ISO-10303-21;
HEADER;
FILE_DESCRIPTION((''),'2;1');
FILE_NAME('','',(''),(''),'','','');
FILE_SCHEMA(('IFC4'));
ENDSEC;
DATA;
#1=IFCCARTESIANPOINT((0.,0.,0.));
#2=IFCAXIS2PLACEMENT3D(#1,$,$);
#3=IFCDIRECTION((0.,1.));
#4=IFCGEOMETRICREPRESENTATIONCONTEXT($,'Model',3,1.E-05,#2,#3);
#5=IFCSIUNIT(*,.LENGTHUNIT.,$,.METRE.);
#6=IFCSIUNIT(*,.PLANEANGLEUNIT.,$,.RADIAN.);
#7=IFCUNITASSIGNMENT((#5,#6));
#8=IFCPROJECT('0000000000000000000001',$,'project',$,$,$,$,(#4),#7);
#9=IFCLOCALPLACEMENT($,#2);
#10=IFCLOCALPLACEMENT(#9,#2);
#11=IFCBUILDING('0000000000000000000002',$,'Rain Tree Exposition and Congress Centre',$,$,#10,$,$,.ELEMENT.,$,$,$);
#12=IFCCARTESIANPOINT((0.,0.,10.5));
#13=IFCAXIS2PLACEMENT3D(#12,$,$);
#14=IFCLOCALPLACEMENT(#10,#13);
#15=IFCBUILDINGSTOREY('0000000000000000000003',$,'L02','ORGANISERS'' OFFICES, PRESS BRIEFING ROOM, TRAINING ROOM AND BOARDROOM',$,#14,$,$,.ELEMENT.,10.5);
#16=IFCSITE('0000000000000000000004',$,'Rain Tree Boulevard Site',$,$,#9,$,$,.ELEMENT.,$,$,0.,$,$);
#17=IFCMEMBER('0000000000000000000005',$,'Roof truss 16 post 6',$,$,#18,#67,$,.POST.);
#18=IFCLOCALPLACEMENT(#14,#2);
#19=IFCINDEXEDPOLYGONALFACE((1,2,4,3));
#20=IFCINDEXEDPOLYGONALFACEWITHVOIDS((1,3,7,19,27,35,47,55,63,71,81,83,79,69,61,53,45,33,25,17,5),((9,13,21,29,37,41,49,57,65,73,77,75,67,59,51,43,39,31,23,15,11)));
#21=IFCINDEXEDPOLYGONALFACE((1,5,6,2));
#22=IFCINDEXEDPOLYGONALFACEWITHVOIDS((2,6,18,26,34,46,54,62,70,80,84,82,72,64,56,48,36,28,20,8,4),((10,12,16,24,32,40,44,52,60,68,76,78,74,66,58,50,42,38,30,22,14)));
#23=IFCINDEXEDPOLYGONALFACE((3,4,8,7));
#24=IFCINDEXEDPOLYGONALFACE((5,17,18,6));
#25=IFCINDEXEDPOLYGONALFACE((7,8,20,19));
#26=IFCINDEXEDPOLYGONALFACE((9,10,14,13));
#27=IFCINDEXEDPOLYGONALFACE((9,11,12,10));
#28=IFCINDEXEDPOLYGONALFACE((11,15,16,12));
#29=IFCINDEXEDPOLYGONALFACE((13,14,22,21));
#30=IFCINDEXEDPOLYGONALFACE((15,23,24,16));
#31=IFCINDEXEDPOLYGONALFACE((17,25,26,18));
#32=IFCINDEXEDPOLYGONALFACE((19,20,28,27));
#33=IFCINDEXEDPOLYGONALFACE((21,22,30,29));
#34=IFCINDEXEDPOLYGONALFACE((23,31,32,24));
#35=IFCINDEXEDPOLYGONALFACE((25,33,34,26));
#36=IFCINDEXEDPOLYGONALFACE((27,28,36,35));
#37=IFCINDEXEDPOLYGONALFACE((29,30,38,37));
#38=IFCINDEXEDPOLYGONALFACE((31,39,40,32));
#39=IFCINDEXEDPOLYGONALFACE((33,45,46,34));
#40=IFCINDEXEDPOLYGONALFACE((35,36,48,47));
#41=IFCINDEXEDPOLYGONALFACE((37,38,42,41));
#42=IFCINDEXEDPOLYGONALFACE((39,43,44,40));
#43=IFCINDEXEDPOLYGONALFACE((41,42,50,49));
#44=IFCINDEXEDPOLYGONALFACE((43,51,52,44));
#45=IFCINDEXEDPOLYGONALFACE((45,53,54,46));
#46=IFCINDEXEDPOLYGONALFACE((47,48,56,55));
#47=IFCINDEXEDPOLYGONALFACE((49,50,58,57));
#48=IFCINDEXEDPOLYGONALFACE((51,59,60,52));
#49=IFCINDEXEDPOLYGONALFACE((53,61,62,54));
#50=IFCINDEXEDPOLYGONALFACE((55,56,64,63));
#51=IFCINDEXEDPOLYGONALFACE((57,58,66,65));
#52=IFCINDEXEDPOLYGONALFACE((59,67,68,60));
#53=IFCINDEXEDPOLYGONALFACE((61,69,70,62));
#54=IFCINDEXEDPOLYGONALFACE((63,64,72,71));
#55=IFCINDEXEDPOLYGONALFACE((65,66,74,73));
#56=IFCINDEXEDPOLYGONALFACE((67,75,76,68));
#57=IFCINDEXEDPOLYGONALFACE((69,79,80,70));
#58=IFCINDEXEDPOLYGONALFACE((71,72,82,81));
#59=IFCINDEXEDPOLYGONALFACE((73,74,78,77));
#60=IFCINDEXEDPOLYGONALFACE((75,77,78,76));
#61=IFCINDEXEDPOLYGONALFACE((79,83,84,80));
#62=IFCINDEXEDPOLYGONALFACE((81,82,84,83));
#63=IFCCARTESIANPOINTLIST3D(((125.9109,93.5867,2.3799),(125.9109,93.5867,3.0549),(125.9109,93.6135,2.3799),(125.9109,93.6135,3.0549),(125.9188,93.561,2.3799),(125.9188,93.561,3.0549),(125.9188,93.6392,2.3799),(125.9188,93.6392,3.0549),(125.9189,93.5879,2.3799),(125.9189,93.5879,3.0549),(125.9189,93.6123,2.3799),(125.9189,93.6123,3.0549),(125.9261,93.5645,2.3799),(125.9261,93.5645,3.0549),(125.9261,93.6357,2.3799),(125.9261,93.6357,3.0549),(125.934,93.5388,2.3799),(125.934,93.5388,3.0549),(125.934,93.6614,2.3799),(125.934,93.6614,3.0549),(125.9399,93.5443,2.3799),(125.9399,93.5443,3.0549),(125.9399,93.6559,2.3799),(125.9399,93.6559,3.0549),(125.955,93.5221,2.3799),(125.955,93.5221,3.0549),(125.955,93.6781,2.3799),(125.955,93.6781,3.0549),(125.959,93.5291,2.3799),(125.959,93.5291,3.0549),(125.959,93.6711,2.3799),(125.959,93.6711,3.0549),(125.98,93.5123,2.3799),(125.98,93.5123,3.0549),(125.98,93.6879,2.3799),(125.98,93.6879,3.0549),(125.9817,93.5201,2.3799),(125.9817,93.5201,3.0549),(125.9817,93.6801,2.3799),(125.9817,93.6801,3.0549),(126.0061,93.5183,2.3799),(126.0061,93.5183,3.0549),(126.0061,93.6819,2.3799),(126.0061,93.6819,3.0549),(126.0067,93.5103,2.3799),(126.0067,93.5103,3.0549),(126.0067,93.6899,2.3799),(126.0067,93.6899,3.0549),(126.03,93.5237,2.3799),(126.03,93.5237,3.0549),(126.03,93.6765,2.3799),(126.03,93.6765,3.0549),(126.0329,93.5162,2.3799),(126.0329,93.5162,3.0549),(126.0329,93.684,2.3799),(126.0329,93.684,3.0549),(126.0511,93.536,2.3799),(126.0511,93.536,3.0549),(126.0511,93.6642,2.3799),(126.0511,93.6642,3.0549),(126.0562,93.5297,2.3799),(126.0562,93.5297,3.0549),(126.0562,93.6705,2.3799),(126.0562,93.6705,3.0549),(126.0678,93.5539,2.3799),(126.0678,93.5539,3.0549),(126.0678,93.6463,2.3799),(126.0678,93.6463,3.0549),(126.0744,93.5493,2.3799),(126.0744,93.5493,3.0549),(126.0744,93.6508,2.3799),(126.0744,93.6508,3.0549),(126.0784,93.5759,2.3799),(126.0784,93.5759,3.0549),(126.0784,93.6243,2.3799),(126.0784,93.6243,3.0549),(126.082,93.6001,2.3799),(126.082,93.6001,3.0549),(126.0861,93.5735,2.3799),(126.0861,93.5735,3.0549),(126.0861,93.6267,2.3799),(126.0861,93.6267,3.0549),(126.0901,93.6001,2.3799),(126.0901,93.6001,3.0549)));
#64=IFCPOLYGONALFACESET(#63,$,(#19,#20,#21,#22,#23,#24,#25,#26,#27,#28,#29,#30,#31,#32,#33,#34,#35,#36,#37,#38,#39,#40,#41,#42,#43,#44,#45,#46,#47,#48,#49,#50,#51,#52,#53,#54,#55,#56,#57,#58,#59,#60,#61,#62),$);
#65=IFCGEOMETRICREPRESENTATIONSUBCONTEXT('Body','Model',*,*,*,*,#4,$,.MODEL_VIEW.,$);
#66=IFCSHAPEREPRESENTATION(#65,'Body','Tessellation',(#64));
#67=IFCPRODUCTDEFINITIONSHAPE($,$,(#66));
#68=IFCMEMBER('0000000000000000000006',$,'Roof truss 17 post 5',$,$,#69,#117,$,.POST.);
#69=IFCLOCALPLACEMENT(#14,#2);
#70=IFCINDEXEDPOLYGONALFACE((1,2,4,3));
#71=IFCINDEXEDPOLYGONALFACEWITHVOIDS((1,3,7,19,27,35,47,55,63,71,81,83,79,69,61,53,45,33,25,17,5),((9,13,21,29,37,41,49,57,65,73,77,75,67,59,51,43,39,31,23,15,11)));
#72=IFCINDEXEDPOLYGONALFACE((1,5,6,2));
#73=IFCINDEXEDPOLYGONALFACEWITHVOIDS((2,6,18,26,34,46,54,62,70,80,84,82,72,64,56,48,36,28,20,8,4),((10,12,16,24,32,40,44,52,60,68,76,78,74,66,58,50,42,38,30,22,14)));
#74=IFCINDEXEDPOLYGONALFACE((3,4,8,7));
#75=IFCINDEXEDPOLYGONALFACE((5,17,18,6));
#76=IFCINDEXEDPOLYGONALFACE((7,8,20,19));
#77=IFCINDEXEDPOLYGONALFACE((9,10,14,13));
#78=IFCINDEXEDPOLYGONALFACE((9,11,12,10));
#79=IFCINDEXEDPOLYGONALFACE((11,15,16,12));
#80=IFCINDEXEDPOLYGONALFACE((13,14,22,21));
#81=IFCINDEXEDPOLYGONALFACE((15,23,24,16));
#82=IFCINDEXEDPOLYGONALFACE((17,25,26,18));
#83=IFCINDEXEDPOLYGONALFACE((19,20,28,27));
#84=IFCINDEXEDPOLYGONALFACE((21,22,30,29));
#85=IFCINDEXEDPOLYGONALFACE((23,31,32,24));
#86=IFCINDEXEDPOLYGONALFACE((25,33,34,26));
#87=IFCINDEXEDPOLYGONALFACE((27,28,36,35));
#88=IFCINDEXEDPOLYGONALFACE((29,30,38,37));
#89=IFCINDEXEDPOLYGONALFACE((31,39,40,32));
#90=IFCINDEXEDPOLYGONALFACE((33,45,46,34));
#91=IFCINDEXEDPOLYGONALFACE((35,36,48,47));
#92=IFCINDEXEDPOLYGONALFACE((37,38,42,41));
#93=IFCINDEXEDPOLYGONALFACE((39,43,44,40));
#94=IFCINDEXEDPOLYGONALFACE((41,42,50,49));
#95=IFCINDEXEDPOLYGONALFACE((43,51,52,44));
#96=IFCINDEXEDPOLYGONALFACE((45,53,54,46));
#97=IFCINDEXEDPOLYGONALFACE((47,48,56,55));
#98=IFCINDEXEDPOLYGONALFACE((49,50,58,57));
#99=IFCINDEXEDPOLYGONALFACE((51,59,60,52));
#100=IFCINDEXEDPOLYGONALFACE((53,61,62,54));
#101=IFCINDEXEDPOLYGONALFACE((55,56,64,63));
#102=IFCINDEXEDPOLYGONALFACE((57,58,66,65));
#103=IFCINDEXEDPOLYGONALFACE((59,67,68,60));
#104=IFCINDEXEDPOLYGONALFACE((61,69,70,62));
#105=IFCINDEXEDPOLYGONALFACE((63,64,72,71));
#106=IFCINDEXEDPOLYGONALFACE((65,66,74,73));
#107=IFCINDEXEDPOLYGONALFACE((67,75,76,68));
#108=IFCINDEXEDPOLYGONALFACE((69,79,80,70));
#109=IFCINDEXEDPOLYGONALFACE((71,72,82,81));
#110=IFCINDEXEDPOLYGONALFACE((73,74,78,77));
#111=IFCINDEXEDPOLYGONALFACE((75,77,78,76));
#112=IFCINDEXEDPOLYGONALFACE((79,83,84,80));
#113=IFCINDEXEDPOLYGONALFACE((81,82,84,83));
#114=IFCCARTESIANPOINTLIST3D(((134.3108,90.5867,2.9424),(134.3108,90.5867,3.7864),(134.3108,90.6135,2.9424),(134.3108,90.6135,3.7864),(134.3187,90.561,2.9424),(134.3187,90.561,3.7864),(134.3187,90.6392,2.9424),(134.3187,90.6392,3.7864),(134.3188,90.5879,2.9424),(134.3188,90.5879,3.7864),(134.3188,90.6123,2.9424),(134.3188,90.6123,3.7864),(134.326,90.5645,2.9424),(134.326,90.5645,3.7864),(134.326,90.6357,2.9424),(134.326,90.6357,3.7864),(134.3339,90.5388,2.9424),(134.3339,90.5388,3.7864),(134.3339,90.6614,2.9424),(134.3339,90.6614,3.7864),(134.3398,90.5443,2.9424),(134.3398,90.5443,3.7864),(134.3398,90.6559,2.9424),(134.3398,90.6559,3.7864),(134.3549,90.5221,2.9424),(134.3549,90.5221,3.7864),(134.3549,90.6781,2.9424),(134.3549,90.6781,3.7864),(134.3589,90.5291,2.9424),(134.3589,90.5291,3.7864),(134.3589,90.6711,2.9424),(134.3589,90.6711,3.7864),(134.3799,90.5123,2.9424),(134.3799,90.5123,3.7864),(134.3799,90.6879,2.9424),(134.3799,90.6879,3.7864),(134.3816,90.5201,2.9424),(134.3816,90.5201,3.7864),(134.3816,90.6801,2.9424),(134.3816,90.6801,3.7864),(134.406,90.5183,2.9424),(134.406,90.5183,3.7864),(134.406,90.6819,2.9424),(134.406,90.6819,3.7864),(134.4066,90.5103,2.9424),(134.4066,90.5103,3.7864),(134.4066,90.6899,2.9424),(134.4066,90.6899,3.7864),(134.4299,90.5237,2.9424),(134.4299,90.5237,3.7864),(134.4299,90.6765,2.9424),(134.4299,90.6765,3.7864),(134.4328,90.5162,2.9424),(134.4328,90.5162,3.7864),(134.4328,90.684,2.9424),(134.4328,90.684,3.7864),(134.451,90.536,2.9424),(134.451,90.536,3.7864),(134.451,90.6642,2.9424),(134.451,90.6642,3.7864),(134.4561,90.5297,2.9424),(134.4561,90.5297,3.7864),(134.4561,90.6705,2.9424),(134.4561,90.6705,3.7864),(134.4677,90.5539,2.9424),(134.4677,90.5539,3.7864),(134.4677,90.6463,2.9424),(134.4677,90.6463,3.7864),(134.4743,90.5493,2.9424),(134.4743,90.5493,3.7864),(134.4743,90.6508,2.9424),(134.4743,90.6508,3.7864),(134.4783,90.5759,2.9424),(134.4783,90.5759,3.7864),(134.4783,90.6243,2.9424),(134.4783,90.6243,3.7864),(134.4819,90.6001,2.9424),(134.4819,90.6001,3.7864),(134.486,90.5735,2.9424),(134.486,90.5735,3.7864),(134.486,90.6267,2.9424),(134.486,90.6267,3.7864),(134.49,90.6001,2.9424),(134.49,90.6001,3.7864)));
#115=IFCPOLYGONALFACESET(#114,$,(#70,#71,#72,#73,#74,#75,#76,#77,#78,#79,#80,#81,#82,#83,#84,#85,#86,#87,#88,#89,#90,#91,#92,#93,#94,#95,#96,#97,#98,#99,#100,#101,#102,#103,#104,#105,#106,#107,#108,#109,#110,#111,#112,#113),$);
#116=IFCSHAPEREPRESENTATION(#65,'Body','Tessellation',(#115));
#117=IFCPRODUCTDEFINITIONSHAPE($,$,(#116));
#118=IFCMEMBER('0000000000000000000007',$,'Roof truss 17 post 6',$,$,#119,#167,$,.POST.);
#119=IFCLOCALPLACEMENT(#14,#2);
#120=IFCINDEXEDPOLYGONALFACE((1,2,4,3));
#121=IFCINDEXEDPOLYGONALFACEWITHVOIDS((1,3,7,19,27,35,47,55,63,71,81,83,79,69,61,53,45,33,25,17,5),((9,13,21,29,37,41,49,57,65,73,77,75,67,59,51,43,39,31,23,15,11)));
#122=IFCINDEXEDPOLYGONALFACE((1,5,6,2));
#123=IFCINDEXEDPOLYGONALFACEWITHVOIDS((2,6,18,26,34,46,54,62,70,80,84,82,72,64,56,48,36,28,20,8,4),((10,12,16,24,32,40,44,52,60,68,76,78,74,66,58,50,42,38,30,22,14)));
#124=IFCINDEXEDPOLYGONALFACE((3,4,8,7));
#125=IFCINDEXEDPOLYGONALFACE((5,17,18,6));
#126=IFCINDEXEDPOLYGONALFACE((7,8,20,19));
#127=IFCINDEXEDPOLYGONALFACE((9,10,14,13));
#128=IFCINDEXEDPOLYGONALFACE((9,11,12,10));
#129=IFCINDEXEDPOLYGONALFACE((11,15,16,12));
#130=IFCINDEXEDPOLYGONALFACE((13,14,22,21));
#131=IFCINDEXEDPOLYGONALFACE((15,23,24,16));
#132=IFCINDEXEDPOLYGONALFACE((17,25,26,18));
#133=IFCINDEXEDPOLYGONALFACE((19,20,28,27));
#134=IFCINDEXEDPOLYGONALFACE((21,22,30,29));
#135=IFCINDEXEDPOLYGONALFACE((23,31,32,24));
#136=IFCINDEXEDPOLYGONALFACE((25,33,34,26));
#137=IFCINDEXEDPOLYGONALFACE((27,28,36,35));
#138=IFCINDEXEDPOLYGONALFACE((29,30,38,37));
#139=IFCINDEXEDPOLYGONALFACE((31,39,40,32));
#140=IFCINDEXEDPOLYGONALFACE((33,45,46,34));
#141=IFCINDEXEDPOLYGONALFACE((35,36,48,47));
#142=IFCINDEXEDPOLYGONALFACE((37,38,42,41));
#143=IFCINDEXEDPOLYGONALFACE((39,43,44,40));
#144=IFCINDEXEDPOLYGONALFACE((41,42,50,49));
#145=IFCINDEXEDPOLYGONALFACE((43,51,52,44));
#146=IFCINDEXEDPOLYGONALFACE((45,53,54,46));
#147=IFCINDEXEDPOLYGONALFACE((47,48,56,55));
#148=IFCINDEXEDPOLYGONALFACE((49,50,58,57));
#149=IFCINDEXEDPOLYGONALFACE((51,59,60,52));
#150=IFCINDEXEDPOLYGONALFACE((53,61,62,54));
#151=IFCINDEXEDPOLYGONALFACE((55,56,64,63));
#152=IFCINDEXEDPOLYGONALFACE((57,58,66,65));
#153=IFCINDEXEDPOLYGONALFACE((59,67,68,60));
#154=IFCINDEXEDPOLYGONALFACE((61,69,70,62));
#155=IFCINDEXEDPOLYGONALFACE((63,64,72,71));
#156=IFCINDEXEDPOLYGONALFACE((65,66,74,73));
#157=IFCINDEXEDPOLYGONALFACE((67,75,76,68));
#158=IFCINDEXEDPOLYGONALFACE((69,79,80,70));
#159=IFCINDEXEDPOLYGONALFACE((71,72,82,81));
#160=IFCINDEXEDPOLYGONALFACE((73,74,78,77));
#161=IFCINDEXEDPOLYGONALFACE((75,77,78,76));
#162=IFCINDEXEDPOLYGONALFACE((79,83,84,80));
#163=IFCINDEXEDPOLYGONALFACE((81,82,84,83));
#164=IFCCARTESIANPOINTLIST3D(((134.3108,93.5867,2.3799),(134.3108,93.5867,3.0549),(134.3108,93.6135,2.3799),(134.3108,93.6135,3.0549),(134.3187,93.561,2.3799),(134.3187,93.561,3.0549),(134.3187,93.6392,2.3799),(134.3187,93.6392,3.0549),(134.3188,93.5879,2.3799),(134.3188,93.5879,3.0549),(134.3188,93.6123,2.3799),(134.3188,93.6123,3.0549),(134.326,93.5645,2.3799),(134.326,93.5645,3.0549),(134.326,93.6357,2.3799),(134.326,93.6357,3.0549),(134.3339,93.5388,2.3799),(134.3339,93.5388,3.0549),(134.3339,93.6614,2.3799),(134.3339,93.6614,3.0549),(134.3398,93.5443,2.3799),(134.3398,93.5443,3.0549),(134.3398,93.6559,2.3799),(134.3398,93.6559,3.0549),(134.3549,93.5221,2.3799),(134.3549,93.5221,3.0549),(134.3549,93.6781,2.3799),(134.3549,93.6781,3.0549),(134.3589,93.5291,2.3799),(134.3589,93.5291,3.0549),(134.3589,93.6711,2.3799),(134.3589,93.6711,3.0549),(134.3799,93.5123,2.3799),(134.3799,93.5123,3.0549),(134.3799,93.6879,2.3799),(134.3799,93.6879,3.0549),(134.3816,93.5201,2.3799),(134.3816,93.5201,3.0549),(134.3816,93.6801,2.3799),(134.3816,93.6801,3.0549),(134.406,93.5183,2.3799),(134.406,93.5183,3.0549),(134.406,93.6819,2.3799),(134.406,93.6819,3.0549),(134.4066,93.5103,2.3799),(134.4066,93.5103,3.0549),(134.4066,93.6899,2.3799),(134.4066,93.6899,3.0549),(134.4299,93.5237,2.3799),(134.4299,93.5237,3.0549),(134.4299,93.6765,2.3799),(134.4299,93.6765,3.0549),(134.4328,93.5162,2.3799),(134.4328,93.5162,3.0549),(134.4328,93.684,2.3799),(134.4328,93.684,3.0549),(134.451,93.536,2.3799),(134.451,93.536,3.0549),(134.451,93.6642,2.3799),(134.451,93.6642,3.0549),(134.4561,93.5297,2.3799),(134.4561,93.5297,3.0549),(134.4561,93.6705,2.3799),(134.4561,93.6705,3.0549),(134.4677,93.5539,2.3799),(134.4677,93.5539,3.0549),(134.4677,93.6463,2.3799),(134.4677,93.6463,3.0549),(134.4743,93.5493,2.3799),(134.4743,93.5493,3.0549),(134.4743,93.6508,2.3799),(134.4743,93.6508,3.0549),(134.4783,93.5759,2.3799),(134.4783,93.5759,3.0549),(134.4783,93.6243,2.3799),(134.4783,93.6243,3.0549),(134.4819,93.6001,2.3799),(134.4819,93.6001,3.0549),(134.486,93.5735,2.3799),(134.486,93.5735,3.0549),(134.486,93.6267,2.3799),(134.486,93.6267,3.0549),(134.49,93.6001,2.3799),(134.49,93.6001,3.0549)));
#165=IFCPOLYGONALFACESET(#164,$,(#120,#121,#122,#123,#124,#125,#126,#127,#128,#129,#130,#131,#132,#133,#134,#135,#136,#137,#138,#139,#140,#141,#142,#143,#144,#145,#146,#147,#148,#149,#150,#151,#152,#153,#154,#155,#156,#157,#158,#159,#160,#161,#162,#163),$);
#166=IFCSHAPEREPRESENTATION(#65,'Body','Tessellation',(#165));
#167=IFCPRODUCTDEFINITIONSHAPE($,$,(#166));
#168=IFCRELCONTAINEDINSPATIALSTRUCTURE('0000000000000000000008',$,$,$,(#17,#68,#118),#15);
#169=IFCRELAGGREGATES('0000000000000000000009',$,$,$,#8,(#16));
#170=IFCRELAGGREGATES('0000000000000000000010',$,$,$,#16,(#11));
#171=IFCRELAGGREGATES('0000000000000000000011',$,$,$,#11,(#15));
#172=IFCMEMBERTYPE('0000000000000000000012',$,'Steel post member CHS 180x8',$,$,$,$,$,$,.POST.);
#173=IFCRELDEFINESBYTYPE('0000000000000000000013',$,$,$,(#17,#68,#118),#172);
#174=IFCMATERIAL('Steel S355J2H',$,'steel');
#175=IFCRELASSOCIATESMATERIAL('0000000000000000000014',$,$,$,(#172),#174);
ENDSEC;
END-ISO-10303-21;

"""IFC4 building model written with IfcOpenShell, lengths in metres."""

from ifc_helpers import new_model, si_unit, direction, frame, origin, origin_2d, place, context, subcontext, project, spatial, hollow_circle, extrude, material, material_profile, profile_set, type_object, element, save


model = new_model("IFC4")

# Units and contexts
model_context = context("Model", 3, precision=1e-05, world=origin(), true_north=direction((0.0, 1.0)))
body_context = subcontext(model_context, "Body", "Model", "MODEL_VIEW")
ifc_project = project(units=[si_unit("LENGTHUNIT", "METRE"), si_unit("PLANEANGLEUNIT", "RADIAN")], contexts=[model_context])

# Site, building, storey
site_placement = place(None, origin())
site = spatial("IfcSite", under=ifc_project, at=site_placement, Name="Rain Tree Boulevard Site", CompositionType="ELEMENT", RefElevation=0.0)
building_placement = place(site_placement, origin())
building = spatial("IfcBuilding", under=site, at=building_placement, Name="Rain Tree Exposition and Congress Centre", CompositionType="ELEMENT")
storey_placement = place(building_placement, frame((0.0, 0.0, 10.5)))
storey = spatial("IfcBuildingStorey", under=building, at=storey_placement, Name="L02", Description="ORGANISERS' OFFICES, PRESS BRIEFING ROOM, TRAINING ROOM AND BOARDROOM", CompositionType="ELEMENT", Elevation=10.5)

# Members
ifc_material_1 = material(Name="Steel S355J2H", Category="steel")
ifc_material_profile_1 = material_profile(ifc_material_1, hollow_circle(Radius=0.0901, WallThickness=0.0081, at=origin_2d()), Name="CHS 180x8")
ifc_profile_set_1 = profile_set([ifc_material_profile_1], Name="Steel S355J2H")
member_type_1 = type_object("IfcMemberType", Name="Steel post member CHS 180x8", PredefinedType="POST", material=ifc_profile_set_1)
member_1_placement = place(storey_placement, frame((126.0, 93.6001, 2.3799), z_axis=(0.0, 0.0, 1.0), x_axis=(1.0, 0.0, 0.0)))
element("IfcMember", 1, at=member_1_placement, inside=storey, type_object=member_type_1, Name="Roof truss 16 post 6", PredefinedType="POST", context=body_context, shape_type="SweptSolid", body=[
    extrude(hollow_circle(Radius=0.0901, WallThickness=0.0081, at=origin_2d()), origin(), (0.0, 0.0, 1.0), 0.675),
])
member_2_placement = place(storey_placement, frame((134.3999, 90.6001, 2.9424), z_axis=(0.0, 0.0, 1.0), x_axis=(1.0, 0.0, 0.0)))
element("IfcMember", 2, at=member_2_placement, inside=storey, type_object=member_type_1, Name="Roof truss 17 post 5", PredefinedType="POST", context=body_context, shape_type="SweptSolid", body=[
    extrude(hollow_circle(Radius=0.0901, WallThickness=0.0081, at=origin_2d()), origin(), (0.0, 0.0, 1.0), 0.844),
])
member_3_placement = place(storey_placement, frame((134.3999, 93.6001, 2.3799), z_axis=(0.0, 0.0, 1.0), x_axis=(1.0, 0.0, 0.0)))
element("IfcMember", 3, at=member_3_placement, inside=storey, type_object=member_type_1, Name="Roof truss 17 post 6", PredefinedType="POST", context=body_context, shape_type="SweptSolid", body=[
    extrude(hollow_circle(Radius=0.0901, WallThickness=0.0081, at=origin_2d()), origin(), (0.0, 0.0, 1.0), 0.675),
])

save(model, "model.ifc")
